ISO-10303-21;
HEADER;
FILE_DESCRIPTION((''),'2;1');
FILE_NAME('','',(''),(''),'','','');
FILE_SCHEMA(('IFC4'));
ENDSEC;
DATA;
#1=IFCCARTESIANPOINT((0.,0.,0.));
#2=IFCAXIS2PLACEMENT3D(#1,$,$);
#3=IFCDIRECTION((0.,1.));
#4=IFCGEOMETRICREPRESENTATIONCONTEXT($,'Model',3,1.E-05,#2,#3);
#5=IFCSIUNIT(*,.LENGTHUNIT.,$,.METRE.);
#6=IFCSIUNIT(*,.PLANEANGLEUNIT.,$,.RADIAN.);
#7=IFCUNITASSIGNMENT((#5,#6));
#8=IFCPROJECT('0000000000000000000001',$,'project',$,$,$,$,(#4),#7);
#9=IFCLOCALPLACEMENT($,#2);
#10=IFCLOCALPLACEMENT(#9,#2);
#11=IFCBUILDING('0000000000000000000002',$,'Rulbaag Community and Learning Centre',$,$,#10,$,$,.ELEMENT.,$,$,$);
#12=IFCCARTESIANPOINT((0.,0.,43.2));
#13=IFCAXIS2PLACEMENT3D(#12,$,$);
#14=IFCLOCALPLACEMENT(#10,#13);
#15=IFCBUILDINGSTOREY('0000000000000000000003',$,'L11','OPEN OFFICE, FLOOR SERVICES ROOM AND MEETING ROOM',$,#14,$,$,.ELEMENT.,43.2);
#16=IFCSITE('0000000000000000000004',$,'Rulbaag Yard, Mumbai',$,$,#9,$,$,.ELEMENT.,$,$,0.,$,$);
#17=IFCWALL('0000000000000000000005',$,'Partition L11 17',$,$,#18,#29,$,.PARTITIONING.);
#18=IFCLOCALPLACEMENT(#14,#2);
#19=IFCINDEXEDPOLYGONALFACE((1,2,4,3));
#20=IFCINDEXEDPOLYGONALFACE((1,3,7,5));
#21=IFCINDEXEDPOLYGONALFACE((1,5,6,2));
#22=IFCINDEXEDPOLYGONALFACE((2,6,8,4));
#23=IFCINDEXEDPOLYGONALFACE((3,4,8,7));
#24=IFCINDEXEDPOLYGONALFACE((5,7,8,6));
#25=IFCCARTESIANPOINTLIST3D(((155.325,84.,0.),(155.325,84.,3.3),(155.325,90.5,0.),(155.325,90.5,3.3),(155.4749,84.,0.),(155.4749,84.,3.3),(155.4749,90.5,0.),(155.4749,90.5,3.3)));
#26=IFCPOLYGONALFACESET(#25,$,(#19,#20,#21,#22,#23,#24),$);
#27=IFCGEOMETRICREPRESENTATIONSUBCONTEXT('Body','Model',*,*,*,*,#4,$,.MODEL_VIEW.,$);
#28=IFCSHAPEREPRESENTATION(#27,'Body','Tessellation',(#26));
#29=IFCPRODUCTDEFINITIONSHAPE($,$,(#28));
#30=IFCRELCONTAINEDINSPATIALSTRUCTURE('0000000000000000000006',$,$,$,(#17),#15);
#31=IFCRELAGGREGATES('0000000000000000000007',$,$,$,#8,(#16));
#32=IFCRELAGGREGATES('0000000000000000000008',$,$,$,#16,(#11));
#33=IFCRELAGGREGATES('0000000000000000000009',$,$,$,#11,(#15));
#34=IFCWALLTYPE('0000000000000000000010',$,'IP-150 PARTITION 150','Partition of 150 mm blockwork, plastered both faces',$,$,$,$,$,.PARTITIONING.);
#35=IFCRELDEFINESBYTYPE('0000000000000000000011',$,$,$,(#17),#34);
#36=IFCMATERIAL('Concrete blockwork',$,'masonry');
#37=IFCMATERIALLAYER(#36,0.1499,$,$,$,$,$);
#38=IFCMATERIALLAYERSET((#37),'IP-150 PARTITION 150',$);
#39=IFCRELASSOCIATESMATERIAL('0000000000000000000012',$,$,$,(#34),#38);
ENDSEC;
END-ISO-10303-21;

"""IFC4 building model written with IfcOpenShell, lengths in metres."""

from ifc_helpers import new_model, si_unit, direction, frame, frame_2d, origin, place, context, subcontext, project, spatial, rectangle, extrude, material, layer, layer_set, type_object, element, save


model = new_model("IFC4")

# Units and contexts
model_context = context("Model", 3, precision=1e-05, world=origin(), true_north=direction((0.0, 1.0)))
body_context = subcontext(model_context, "Body", "Model", "MODEL_VIEW")
ifc_project = project(units=[si_unit("LENGTHUNIT", "METRE"), si_unit("PLANEANGLEUNIT", "RADIAN")], contexts=[model_context])

# Site, building, storey
site_placement = place(None, origin())
site = spatial("IfcSite", under=ifc_project, at=site_placement, Name="Rulbaag Yard, Mumbai", CompositionType="ELEMENT", RefElevation=0.0)
building_placement = place(site_placement, origin())
building = spatial("IfcBuilding", under=site, at=building_placement, Name="Rulbaag Community and Learning Centre", CompositionType="ELEMENT")
storey_placement = place(building_placement, frame((0.0, 0.0, 43.2)))
storey = spatial("IfcBuildingStorey", under=building, at=storey_placement, Name="L11", Description="OPEN OFFICE, FLOOR SERVICES ROOM AND MEETING ROOM", CompositionType="ELEMENT", Elevation=43.2)

# Wall
ifc_material_1 = material(Name="Concrete blockwork", Category="masonry")
ifc_layer_1 = layer(ifc_material_1, 0.1499)
ifc_layer_set_1 = layer_set([ifc_layer_1], Name="IP-150 PARTITION 150")
wall_type = type_object("IfcWallType", Name="IP-150 PARTITION 150", Description="Partition of 150 mm blockwork, plastered both faces", PredefinedType="PARTITIONING", material=ifc_layer_set_1)
wall_placement = place(storey_placement, frame((155.3999, 84.0, 0.0), z_axis=(0.0, 0.0, 1.0), x_axis=(0.0, 1.0, 0.0)))
element("IfcWall", 1, at=wall_placement, inside=storey, type_object=wall_type, Name="Partition L11 17", PredefinedType="PARTITIONING", context=body_context, shape_type="SweptSolid", body=[
    extrude(rectangle(XDim=6.5, YDim=0.1499, at=frame_2d((3.25, 0.0))), origin(), (0.0, 0.0, 1.0), 3.3),
])

save(model, "model.ifc")
